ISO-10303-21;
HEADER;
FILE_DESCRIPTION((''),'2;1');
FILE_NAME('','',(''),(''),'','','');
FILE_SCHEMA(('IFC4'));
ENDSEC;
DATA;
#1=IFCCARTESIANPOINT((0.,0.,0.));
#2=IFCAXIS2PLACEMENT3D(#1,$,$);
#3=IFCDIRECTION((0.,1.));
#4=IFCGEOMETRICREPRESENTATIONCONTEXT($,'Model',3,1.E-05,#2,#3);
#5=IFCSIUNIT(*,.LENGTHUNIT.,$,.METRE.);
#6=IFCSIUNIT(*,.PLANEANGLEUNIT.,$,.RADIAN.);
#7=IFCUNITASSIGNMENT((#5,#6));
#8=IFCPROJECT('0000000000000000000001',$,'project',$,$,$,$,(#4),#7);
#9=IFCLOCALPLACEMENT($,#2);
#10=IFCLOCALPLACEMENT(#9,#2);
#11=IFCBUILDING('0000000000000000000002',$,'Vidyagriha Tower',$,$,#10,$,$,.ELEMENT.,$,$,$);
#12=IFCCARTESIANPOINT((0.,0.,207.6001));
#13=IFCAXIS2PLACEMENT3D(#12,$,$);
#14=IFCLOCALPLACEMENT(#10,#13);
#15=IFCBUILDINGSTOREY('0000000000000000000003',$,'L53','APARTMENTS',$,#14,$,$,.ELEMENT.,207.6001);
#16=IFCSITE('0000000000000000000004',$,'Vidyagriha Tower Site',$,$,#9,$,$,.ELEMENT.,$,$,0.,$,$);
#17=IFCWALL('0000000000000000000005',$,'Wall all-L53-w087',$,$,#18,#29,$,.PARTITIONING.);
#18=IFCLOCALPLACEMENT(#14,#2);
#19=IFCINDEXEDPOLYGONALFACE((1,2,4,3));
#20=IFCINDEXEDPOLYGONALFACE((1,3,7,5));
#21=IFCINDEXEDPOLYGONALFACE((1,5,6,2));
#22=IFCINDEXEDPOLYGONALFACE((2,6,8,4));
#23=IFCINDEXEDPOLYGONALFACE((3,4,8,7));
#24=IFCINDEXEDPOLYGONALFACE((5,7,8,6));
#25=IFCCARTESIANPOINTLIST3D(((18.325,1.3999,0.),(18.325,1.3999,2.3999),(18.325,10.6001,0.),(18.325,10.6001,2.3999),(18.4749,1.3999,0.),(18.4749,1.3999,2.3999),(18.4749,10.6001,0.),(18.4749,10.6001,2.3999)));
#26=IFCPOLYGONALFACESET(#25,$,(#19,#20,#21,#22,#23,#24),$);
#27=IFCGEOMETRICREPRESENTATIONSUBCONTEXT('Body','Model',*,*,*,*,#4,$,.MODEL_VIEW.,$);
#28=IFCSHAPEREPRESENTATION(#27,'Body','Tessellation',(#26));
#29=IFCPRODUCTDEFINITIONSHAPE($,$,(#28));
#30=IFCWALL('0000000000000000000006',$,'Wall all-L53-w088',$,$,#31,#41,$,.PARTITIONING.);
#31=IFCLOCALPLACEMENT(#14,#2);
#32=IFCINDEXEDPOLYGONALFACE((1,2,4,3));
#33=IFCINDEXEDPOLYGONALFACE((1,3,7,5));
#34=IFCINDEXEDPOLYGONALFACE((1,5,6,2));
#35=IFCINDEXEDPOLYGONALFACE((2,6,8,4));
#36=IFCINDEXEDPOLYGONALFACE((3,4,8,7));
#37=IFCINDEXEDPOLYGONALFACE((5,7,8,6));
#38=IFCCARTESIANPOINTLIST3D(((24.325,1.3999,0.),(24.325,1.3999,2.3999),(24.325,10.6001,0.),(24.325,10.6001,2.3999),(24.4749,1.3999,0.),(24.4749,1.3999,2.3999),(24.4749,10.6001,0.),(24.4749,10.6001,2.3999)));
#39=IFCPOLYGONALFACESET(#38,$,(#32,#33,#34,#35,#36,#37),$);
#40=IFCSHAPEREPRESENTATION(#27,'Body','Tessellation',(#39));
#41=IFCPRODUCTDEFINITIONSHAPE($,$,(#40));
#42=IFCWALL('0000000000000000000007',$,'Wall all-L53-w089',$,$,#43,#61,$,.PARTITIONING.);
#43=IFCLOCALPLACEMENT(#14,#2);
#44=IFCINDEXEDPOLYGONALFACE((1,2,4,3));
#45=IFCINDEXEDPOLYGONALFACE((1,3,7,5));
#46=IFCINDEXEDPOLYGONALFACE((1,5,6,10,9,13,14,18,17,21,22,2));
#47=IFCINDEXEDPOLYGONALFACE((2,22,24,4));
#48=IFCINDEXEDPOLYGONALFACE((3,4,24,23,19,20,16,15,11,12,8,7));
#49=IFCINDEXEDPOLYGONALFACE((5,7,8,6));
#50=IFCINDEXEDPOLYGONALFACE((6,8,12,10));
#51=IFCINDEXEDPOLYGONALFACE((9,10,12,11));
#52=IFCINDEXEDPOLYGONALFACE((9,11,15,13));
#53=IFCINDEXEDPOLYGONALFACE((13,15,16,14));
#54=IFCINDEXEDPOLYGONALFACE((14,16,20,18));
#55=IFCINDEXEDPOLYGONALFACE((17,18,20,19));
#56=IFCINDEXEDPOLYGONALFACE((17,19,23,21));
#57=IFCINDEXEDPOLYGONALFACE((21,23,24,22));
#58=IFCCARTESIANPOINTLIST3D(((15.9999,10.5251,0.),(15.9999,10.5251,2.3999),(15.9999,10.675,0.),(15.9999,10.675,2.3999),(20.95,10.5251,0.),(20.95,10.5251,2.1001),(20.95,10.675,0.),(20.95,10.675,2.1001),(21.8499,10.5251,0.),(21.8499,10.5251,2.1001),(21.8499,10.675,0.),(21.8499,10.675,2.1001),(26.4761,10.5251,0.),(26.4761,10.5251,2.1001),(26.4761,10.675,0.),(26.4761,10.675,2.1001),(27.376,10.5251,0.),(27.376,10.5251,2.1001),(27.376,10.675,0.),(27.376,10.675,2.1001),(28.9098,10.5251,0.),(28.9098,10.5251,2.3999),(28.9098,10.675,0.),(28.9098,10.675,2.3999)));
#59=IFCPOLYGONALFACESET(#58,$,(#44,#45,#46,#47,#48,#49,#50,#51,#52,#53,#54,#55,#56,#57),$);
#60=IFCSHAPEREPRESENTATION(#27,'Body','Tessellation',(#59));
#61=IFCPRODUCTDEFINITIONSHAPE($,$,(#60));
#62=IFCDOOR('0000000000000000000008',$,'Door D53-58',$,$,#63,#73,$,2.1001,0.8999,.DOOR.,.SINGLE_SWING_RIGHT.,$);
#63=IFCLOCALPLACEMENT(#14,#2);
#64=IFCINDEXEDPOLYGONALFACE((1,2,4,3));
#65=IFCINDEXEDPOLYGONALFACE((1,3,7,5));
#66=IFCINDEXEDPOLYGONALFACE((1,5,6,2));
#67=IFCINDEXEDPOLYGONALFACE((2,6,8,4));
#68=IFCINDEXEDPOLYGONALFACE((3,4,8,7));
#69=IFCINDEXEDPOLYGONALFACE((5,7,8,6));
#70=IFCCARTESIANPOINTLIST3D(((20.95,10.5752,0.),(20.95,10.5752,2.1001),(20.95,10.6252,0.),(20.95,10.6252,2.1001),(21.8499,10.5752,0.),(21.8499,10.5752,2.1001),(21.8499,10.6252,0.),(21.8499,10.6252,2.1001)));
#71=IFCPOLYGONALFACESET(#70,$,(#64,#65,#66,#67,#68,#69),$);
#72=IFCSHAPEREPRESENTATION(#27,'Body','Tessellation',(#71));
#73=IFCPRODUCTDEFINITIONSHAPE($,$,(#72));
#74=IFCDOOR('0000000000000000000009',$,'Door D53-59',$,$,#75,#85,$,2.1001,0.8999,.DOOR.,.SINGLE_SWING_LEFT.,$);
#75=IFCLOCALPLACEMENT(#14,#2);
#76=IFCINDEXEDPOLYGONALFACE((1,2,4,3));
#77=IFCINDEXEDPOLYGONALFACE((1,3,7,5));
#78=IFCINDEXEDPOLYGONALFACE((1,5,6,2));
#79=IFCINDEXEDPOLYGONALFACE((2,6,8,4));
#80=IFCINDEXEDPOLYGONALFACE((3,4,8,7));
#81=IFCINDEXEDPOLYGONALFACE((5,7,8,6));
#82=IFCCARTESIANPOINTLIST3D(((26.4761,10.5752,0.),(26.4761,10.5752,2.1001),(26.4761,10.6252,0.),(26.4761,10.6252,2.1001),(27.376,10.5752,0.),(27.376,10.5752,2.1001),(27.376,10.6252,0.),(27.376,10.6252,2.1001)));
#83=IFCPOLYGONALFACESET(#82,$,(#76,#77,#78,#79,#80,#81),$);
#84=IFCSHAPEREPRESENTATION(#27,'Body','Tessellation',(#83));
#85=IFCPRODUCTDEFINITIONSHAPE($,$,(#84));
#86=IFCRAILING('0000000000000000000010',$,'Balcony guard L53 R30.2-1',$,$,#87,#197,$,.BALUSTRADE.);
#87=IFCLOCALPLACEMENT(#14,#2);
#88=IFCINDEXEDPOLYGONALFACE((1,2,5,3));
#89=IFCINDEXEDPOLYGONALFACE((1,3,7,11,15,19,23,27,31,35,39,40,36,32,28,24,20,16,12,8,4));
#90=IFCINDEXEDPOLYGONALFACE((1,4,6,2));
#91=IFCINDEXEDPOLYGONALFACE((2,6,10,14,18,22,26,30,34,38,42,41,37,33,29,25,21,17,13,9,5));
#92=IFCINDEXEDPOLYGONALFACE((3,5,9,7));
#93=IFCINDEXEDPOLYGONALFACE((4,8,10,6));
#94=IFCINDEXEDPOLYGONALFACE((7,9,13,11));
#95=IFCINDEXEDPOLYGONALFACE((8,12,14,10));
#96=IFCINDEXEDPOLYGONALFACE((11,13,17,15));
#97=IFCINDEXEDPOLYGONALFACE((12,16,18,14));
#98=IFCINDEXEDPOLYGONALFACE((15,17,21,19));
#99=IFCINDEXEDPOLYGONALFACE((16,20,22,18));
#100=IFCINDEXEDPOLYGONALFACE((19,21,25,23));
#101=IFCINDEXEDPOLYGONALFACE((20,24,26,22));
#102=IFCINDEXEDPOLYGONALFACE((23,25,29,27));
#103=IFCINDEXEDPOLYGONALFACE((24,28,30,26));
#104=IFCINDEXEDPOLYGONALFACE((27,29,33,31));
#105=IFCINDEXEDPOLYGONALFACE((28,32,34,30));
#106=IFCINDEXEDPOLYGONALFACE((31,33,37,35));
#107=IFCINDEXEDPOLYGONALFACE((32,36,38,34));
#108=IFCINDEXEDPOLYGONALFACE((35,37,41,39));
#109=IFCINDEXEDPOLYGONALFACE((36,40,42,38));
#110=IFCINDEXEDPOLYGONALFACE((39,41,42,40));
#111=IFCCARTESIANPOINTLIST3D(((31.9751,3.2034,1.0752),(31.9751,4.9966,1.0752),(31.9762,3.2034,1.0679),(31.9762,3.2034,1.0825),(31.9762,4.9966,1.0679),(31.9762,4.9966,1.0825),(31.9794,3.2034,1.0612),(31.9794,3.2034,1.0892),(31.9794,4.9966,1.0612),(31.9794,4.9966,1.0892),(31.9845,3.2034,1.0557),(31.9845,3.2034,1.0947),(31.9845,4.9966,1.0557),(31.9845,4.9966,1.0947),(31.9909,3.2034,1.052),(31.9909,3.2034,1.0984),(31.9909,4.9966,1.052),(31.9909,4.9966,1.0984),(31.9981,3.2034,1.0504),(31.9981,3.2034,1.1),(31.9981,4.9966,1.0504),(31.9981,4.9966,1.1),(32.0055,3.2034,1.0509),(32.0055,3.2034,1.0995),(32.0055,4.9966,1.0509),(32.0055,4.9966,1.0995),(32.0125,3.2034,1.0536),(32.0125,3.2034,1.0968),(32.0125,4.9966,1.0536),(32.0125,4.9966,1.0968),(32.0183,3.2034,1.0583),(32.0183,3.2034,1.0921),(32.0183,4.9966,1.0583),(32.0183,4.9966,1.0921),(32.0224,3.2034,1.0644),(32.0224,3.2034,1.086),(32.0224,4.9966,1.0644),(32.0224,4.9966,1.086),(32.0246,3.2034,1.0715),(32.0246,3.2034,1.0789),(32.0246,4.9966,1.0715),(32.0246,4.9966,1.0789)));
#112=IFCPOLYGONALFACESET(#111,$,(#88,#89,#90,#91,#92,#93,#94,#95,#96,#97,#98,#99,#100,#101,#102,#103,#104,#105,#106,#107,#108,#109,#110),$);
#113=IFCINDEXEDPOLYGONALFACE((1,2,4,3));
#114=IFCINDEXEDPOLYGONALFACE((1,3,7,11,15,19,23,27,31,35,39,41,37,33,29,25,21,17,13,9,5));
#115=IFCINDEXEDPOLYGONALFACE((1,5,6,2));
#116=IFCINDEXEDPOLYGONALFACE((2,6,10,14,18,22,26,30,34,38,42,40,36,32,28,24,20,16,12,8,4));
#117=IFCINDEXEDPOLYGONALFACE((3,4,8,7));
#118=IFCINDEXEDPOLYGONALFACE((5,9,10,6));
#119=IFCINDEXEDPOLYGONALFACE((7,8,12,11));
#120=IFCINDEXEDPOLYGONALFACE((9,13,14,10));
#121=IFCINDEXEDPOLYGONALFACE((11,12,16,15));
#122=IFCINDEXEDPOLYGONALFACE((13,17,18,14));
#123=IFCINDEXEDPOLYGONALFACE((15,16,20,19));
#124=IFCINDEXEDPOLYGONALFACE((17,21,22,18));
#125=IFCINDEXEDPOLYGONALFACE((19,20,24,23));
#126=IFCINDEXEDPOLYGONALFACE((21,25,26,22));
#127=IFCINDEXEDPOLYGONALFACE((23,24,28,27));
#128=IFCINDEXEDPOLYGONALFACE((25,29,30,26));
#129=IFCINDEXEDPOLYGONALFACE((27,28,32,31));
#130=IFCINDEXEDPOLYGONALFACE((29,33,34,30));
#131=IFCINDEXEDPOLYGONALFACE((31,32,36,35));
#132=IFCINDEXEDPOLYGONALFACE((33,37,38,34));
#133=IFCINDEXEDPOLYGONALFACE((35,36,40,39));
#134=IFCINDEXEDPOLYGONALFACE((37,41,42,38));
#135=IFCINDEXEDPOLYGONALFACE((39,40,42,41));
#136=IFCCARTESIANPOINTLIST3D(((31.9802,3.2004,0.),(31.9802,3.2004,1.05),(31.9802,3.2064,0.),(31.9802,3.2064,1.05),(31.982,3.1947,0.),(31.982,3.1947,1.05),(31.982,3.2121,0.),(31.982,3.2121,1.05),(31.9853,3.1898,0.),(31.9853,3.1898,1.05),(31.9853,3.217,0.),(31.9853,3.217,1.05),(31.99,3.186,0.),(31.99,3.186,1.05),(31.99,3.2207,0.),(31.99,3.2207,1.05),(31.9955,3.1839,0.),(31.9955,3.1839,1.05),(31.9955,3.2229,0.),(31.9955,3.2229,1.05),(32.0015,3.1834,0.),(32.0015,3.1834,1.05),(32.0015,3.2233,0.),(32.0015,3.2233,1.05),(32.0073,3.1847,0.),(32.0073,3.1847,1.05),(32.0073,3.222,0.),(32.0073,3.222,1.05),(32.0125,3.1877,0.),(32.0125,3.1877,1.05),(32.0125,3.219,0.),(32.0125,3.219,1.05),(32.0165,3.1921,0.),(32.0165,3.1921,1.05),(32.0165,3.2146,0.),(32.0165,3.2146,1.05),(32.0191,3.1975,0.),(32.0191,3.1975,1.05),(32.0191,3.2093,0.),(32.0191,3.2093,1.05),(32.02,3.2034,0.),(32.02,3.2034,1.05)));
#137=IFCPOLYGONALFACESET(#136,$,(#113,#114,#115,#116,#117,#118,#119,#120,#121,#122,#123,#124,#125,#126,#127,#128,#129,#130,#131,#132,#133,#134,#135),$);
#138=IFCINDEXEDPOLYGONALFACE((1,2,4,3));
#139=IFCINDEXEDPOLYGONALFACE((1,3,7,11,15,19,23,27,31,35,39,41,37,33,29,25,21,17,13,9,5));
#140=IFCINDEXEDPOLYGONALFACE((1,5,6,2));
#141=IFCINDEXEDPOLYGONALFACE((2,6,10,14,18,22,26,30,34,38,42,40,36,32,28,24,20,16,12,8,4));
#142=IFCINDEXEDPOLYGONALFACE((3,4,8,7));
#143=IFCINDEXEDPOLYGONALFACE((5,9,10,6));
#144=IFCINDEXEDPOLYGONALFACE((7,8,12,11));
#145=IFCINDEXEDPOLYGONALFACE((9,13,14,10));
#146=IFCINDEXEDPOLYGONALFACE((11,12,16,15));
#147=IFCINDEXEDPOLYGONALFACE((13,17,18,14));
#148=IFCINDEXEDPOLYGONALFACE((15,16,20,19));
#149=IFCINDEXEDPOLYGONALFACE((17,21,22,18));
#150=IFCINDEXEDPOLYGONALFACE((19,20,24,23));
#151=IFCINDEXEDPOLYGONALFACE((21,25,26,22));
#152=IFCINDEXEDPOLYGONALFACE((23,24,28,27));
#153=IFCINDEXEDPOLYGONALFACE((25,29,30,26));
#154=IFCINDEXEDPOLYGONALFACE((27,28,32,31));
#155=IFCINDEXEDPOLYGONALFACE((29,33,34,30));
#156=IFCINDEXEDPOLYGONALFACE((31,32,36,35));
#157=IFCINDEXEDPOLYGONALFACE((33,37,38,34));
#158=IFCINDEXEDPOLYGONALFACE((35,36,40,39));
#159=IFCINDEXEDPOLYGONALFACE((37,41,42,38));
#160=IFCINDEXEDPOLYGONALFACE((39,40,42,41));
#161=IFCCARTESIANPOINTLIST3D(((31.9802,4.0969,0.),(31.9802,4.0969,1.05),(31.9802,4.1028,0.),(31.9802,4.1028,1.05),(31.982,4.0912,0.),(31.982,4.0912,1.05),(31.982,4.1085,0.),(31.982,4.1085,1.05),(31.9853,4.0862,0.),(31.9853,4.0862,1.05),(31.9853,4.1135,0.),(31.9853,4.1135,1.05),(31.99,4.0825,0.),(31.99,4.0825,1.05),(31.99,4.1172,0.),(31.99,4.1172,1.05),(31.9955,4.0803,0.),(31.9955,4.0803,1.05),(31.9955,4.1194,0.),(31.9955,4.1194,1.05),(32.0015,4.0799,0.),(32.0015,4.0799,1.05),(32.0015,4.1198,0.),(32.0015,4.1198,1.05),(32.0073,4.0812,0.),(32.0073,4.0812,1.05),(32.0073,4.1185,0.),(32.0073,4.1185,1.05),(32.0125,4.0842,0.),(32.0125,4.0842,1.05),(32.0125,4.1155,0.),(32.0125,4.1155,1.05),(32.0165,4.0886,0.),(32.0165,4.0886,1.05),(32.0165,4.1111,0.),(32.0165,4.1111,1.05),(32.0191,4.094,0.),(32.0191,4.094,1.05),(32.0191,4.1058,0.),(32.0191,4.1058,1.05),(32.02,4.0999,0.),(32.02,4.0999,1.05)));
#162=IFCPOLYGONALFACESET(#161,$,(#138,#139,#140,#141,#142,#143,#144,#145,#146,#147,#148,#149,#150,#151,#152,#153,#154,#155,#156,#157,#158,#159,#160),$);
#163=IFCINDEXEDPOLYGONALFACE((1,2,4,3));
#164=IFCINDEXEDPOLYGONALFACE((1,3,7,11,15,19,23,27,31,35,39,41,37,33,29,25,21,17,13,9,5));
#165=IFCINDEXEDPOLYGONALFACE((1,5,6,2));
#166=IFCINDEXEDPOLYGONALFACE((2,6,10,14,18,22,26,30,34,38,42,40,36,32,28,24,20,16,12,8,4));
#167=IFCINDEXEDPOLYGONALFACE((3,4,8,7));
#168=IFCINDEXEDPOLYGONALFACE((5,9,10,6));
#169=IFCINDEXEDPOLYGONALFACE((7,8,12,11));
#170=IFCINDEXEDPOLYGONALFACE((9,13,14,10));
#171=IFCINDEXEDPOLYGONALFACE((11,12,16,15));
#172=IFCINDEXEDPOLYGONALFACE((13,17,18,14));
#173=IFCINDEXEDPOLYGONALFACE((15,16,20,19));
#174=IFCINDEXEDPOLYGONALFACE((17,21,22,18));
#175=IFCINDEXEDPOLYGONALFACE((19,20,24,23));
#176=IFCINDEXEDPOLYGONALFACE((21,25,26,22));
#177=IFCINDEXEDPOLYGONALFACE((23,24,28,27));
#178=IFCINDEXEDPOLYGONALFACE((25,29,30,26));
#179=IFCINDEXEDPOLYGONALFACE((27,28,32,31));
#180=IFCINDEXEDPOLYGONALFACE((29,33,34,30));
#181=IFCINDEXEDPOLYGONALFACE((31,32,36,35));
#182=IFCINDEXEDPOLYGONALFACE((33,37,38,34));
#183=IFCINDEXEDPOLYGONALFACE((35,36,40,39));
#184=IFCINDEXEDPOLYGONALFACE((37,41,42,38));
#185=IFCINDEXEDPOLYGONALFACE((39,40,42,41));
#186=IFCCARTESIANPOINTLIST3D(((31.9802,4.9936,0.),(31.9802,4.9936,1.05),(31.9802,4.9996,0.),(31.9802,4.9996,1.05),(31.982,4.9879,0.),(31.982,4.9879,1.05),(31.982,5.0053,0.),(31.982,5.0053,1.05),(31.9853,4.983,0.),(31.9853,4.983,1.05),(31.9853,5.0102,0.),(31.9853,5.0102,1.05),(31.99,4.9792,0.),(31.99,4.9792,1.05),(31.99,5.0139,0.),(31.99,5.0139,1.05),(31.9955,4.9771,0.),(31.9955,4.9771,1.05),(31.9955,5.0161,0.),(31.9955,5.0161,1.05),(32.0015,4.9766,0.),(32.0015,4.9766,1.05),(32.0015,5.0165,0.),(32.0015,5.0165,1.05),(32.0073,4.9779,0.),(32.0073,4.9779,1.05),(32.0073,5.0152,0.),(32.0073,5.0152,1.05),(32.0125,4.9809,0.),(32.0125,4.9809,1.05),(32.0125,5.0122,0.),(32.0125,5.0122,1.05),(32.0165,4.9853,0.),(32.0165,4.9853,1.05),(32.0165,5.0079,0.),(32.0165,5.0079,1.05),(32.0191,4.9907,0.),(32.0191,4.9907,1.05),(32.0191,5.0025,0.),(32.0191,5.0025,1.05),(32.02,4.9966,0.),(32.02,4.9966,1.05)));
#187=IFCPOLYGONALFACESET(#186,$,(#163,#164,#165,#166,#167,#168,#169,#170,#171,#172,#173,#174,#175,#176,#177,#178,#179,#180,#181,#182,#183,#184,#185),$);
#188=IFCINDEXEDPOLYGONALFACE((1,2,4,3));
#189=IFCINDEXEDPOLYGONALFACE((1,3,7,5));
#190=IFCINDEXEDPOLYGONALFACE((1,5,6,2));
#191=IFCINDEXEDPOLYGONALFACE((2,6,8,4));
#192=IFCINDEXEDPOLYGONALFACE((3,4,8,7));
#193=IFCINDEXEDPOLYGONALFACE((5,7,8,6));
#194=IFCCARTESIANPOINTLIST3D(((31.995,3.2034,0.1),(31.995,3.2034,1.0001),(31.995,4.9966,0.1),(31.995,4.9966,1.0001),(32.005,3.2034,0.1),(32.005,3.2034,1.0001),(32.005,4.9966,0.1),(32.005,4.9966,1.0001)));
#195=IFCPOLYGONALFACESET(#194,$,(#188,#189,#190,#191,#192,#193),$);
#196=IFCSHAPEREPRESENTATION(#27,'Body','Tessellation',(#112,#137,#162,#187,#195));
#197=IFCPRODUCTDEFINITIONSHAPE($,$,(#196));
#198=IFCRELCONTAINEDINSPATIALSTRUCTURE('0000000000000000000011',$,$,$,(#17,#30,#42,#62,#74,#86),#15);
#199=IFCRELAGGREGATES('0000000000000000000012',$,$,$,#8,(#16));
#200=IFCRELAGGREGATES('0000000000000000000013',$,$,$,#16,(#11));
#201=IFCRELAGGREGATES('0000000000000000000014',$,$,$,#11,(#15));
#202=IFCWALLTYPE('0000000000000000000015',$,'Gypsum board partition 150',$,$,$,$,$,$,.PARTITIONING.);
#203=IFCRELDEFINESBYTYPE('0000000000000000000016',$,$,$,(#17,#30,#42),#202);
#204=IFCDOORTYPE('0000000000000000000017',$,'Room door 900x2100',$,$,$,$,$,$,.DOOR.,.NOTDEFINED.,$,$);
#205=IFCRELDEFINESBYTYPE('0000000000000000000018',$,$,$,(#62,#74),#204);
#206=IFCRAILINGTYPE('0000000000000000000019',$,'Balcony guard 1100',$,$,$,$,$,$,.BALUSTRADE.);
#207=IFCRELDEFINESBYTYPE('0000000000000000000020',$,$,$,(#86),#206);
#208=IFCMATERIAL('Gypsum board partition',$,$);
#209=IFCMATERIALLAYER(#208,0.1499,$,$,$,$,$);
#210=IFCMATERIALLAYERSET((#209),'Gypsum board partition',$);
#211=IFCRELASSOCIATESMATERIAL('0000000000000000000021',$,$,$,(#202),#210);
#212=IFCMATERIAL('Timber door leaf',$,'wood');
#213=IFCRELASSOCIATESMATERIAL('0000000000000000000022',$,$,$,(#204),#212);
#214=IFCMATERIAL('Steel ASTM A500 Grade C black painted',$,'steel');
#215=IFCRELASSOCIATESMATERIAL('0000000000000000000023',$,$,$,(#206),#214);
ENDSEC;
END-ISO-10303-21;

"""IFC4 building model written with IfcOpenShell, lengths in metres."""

from ifc_helpers import new_model, si_unit, direction, frame, frame_2d, origin, origin_2d, place, context, subcontext, project, spatial, rectangle, circle, extrude, material, layer, layer_set, type_object, element, fill, save


model = new_model("IFC4")

# Units and contexts
model_context = context("Model", 3, precision=1e-05, world=origin(), true_north=direction((0.0, 1.0)))
body_context = subcontext(model_context, "Body", "Model", "MODEL_VIEW")
ifc_project = project(units=[si_unit("LENGTHUNIT", "METRE"), si_unit("PLANEANGLEUNIT", "RADIAN")], contexts=[model_context])

# Site, building, storey
site_placement = place(None, origin())
site = spatial("IfcSite", under=ifc_project, at=site_placement, Name="Vidyagriha Tower Site", CompositionType="ELEMENT", RefElevation=0.0)
building_placement = place(site_placement, origin())
building = spatial("IfcBuilding", under=site, at=building_placement, Name="Vidyagriha Tower", CompositionType="ELEMENT")
storey_placement = place(building_placement, frame((0.0, 0.0, 207.6001)))
storey = spatial("IfcBuildingStorey", under=building, at=storey_placement, Name="L53", Description="APARTMENTS", CompositionType="ELEMENT", Elevation=207.6001)

# Walls
ifc_material_1 = material(Name="Gypsum board partition")
ifc_layer_1 = layer(ifc_material_1, 0.1499)
ifc_layer_set_1 = layer_set([ifc_layer_1], Name="Gypsum board partition")
wall_type_1 = type_object("IfcWallType", Name="Gypsum board partition 150", PredefinedType="PARTITIONING", material=ifc_layer_set_1)
for number, where, z_axis, x_axis, name in (
    (1, (18.3999, 10.6001, 0.0), (0.0, 0.0, 1.0), (0.0, -1.0, 0.0), "Wall all-L53-w087"),
    (2, (24.3999, 10.6001, 0.0), (0.0, 0.0, 1.0), (0.0, -1.0, 0.0), "Wall all-L53-w088"),
):
    element("IfcWall", number, at=place(storey_placement, frame(where, z_axis=z_axis, x_axis=x_axis)), inside=storey, type_object=wall_type_1, Name=name, PredefinedType="PARTITIONING", context=body_context, shape_type="SweptSolid", body=[
        extrude(rectangle(XDim=9.2002, YDim=0.1499, at=frame_2d((4.6001, 0.0))), origin(), (0.0, 0.0, 1.0), 2.3999),
    ])

# Wall, openings, doors
wall_1_placement = place(storey_placement, frame((28.9099, 10.6001, 0.0), z_axis=(0.0, 0.0, 1.0), x_axis=(-1.0, 0.0, 0.0)))
wall_1 = element("IfcWall", 3, at=wall_1_placement, inside=storey, type_object=wall_type_1, Name="Wall all-L53-w089", PredefinedType="PARTITIONING", context=body_context, shape_type="SweptSolid", body=[
    extrude(rectangle(XDim=12.9099, YDim=0.1499, at=frame_2d((6.4551, 0.0))), origin(), (0.0, 0.0, 1.0), 2.3999),
])
opening_1_placement = place(wall_1_placement, frame((7.0601, 0.0, 0.0)))
opening_1 = element("IfcOpeningElement", 4, at=opening_1_placement, cuts=wall_1, PredefinedType="OPENING", context=body_context, shape_type="SweptSolid", body=[
    extrude(rectangle(XDim=0.8999, YDim=2.1001, at=frame_2d((0.45, 1.05))), frame((0.0, 0.085, 0.0), z_axis=(0.0, -1.0, 0.0), x_axis=(1.0, 0.0, 0.0)), (0.0, 0.0, 1.0), 0.1699),
])
opening_2_placement = place(wall_1_placement, frame((1.5339, 0.0, 0.0)))
opening_2 = element("IfcOpeningElement", 5, at=opening_2_placement, cuts=wall_1, PredefinedType="OPENING", context=body_context, shape_type="SweptSolid", body=[
    extrude(rectangle(XDim=0.8999, YDim=2.1001, at=frame_2d((0.45, 1.05))), frame((0.0, 0.085, 0.0), z_axis=(0.0, -1.0, 0.0), x_axis=(1.0, 0.0, 0.0)), (0.0, 0.0, 1.0), 0.1699),
])
ifc_material_2 = material(Name="Timber door leaf", Category="wood")
door_type_1 = type_object("IfcDoorType", Name="Room door 900x2100", OperationType="NOTDEFINED", PredefinedType="DOOR", material=ifc_material_2)
door_1_placement = place(opening_1_placement, origin())
door_1 = element("IfcDoor", 6, at=door_1_placement, inside=storey, type_object=door_type_1, Name="Door D53-58", OperationType="SINGLE_SWING_RIGHT", OverallHeight=2.1001, OverallWidth=0.8999, PredefinedType="DOOR", context=body_context, shape_type="SweptSolid", body=[
    extrude(rectangle(XDim=0.8999, YDim=2.1001, at=frame_2d((0.45, 1.05))), frame((0.0, 0.0249, 0.0), z_axis=(0.0, -1.0, 0.0), x_axis=(1.0, 0.0, 0.0)), (0.0, 0.0, 1.0), 0.05),
])
fill(opening_1, door_1)
door_2_placement = place(opening_2_placement, origin())
door_2 = element("IfcDoor", 7, at=door_2_placement, inside=storey, type_object=door_type_1, Name="Door D53-59", OperationType="SINGLE_SWING_LEFT", OverallHeight=2.1001, OverallWidth=0.8999, PredefinedType="DOOR", context=body_context, shape_type="SweptSolid", body=[
    extrude(rectangle(XDim=0.8999, YDim=2.1001, at=frame_2d((0.45, 1.05))), frame((0.0, 0.0249, 0.0), z_axis=(0.0, -1.0, 0.0), x_axis=(1.0, 0.0, 0.0)), (0.0, 0.0, 1.0), 0.05),
])
fill(opening_2, door_2)

# Railing
ifc_material_3 = material(Name="Steel ASTM A500 Grade C black painted", Category="steel")
railing_type_1 = type_object("IfcRailingType", Name="Balcony guard 1100", PredefinedType="BALUSTRADE", material=ifc_material_3)
railing_1_placement = place(storey_placement, frame((32.0, 3.2034, 0.0)))
element("IfcRailing", 8, at=railing_1_placement, inside=storey, type_object=railing_type_1, Name="Balcony guard L53 R30.2-1", PredefinedType="BALUSTRADE", context=body_context, shape_type="SweptSolid", body=[
    extrude(circle(Radius=0.0249, at=origin_2d()), frame((0.0, 0.0, 1.0752), z_axis=(0.0, 1.0, 0.0), x_axis=(-1.0, 0.0, 0.0)), (0.0, 0.0, 1.0), 1.7932),
    extrude(circle(Radius=0.02, at=origin_2d()), origin(), (0.0, 0.0, 1.0), 1.05),
    extrude(circle(Radius=0.02, at=origin_2d()), frame((0.0, 0.8965, 0.0)), (0.0, 0.0, 1.0), 1.05),
    extrude(circle(Radius=0.02, at=origin_2d()), frame((0.0, 1.7932, 0.0)), (0.0, 0.0, 1.0), 1.05),
    extrude(rectangle(XDim=0.01, YDim=0.9001, at=origin_2d()), frame((0.0, 0.0, 0.55), z_axis=(0.0, 1.0, 0.0), x_axis=(-1.0, 0.0, 0.0)), (0.0, 0.0, 1.0), 1.7932),
])

save(model, "model.ifc")
